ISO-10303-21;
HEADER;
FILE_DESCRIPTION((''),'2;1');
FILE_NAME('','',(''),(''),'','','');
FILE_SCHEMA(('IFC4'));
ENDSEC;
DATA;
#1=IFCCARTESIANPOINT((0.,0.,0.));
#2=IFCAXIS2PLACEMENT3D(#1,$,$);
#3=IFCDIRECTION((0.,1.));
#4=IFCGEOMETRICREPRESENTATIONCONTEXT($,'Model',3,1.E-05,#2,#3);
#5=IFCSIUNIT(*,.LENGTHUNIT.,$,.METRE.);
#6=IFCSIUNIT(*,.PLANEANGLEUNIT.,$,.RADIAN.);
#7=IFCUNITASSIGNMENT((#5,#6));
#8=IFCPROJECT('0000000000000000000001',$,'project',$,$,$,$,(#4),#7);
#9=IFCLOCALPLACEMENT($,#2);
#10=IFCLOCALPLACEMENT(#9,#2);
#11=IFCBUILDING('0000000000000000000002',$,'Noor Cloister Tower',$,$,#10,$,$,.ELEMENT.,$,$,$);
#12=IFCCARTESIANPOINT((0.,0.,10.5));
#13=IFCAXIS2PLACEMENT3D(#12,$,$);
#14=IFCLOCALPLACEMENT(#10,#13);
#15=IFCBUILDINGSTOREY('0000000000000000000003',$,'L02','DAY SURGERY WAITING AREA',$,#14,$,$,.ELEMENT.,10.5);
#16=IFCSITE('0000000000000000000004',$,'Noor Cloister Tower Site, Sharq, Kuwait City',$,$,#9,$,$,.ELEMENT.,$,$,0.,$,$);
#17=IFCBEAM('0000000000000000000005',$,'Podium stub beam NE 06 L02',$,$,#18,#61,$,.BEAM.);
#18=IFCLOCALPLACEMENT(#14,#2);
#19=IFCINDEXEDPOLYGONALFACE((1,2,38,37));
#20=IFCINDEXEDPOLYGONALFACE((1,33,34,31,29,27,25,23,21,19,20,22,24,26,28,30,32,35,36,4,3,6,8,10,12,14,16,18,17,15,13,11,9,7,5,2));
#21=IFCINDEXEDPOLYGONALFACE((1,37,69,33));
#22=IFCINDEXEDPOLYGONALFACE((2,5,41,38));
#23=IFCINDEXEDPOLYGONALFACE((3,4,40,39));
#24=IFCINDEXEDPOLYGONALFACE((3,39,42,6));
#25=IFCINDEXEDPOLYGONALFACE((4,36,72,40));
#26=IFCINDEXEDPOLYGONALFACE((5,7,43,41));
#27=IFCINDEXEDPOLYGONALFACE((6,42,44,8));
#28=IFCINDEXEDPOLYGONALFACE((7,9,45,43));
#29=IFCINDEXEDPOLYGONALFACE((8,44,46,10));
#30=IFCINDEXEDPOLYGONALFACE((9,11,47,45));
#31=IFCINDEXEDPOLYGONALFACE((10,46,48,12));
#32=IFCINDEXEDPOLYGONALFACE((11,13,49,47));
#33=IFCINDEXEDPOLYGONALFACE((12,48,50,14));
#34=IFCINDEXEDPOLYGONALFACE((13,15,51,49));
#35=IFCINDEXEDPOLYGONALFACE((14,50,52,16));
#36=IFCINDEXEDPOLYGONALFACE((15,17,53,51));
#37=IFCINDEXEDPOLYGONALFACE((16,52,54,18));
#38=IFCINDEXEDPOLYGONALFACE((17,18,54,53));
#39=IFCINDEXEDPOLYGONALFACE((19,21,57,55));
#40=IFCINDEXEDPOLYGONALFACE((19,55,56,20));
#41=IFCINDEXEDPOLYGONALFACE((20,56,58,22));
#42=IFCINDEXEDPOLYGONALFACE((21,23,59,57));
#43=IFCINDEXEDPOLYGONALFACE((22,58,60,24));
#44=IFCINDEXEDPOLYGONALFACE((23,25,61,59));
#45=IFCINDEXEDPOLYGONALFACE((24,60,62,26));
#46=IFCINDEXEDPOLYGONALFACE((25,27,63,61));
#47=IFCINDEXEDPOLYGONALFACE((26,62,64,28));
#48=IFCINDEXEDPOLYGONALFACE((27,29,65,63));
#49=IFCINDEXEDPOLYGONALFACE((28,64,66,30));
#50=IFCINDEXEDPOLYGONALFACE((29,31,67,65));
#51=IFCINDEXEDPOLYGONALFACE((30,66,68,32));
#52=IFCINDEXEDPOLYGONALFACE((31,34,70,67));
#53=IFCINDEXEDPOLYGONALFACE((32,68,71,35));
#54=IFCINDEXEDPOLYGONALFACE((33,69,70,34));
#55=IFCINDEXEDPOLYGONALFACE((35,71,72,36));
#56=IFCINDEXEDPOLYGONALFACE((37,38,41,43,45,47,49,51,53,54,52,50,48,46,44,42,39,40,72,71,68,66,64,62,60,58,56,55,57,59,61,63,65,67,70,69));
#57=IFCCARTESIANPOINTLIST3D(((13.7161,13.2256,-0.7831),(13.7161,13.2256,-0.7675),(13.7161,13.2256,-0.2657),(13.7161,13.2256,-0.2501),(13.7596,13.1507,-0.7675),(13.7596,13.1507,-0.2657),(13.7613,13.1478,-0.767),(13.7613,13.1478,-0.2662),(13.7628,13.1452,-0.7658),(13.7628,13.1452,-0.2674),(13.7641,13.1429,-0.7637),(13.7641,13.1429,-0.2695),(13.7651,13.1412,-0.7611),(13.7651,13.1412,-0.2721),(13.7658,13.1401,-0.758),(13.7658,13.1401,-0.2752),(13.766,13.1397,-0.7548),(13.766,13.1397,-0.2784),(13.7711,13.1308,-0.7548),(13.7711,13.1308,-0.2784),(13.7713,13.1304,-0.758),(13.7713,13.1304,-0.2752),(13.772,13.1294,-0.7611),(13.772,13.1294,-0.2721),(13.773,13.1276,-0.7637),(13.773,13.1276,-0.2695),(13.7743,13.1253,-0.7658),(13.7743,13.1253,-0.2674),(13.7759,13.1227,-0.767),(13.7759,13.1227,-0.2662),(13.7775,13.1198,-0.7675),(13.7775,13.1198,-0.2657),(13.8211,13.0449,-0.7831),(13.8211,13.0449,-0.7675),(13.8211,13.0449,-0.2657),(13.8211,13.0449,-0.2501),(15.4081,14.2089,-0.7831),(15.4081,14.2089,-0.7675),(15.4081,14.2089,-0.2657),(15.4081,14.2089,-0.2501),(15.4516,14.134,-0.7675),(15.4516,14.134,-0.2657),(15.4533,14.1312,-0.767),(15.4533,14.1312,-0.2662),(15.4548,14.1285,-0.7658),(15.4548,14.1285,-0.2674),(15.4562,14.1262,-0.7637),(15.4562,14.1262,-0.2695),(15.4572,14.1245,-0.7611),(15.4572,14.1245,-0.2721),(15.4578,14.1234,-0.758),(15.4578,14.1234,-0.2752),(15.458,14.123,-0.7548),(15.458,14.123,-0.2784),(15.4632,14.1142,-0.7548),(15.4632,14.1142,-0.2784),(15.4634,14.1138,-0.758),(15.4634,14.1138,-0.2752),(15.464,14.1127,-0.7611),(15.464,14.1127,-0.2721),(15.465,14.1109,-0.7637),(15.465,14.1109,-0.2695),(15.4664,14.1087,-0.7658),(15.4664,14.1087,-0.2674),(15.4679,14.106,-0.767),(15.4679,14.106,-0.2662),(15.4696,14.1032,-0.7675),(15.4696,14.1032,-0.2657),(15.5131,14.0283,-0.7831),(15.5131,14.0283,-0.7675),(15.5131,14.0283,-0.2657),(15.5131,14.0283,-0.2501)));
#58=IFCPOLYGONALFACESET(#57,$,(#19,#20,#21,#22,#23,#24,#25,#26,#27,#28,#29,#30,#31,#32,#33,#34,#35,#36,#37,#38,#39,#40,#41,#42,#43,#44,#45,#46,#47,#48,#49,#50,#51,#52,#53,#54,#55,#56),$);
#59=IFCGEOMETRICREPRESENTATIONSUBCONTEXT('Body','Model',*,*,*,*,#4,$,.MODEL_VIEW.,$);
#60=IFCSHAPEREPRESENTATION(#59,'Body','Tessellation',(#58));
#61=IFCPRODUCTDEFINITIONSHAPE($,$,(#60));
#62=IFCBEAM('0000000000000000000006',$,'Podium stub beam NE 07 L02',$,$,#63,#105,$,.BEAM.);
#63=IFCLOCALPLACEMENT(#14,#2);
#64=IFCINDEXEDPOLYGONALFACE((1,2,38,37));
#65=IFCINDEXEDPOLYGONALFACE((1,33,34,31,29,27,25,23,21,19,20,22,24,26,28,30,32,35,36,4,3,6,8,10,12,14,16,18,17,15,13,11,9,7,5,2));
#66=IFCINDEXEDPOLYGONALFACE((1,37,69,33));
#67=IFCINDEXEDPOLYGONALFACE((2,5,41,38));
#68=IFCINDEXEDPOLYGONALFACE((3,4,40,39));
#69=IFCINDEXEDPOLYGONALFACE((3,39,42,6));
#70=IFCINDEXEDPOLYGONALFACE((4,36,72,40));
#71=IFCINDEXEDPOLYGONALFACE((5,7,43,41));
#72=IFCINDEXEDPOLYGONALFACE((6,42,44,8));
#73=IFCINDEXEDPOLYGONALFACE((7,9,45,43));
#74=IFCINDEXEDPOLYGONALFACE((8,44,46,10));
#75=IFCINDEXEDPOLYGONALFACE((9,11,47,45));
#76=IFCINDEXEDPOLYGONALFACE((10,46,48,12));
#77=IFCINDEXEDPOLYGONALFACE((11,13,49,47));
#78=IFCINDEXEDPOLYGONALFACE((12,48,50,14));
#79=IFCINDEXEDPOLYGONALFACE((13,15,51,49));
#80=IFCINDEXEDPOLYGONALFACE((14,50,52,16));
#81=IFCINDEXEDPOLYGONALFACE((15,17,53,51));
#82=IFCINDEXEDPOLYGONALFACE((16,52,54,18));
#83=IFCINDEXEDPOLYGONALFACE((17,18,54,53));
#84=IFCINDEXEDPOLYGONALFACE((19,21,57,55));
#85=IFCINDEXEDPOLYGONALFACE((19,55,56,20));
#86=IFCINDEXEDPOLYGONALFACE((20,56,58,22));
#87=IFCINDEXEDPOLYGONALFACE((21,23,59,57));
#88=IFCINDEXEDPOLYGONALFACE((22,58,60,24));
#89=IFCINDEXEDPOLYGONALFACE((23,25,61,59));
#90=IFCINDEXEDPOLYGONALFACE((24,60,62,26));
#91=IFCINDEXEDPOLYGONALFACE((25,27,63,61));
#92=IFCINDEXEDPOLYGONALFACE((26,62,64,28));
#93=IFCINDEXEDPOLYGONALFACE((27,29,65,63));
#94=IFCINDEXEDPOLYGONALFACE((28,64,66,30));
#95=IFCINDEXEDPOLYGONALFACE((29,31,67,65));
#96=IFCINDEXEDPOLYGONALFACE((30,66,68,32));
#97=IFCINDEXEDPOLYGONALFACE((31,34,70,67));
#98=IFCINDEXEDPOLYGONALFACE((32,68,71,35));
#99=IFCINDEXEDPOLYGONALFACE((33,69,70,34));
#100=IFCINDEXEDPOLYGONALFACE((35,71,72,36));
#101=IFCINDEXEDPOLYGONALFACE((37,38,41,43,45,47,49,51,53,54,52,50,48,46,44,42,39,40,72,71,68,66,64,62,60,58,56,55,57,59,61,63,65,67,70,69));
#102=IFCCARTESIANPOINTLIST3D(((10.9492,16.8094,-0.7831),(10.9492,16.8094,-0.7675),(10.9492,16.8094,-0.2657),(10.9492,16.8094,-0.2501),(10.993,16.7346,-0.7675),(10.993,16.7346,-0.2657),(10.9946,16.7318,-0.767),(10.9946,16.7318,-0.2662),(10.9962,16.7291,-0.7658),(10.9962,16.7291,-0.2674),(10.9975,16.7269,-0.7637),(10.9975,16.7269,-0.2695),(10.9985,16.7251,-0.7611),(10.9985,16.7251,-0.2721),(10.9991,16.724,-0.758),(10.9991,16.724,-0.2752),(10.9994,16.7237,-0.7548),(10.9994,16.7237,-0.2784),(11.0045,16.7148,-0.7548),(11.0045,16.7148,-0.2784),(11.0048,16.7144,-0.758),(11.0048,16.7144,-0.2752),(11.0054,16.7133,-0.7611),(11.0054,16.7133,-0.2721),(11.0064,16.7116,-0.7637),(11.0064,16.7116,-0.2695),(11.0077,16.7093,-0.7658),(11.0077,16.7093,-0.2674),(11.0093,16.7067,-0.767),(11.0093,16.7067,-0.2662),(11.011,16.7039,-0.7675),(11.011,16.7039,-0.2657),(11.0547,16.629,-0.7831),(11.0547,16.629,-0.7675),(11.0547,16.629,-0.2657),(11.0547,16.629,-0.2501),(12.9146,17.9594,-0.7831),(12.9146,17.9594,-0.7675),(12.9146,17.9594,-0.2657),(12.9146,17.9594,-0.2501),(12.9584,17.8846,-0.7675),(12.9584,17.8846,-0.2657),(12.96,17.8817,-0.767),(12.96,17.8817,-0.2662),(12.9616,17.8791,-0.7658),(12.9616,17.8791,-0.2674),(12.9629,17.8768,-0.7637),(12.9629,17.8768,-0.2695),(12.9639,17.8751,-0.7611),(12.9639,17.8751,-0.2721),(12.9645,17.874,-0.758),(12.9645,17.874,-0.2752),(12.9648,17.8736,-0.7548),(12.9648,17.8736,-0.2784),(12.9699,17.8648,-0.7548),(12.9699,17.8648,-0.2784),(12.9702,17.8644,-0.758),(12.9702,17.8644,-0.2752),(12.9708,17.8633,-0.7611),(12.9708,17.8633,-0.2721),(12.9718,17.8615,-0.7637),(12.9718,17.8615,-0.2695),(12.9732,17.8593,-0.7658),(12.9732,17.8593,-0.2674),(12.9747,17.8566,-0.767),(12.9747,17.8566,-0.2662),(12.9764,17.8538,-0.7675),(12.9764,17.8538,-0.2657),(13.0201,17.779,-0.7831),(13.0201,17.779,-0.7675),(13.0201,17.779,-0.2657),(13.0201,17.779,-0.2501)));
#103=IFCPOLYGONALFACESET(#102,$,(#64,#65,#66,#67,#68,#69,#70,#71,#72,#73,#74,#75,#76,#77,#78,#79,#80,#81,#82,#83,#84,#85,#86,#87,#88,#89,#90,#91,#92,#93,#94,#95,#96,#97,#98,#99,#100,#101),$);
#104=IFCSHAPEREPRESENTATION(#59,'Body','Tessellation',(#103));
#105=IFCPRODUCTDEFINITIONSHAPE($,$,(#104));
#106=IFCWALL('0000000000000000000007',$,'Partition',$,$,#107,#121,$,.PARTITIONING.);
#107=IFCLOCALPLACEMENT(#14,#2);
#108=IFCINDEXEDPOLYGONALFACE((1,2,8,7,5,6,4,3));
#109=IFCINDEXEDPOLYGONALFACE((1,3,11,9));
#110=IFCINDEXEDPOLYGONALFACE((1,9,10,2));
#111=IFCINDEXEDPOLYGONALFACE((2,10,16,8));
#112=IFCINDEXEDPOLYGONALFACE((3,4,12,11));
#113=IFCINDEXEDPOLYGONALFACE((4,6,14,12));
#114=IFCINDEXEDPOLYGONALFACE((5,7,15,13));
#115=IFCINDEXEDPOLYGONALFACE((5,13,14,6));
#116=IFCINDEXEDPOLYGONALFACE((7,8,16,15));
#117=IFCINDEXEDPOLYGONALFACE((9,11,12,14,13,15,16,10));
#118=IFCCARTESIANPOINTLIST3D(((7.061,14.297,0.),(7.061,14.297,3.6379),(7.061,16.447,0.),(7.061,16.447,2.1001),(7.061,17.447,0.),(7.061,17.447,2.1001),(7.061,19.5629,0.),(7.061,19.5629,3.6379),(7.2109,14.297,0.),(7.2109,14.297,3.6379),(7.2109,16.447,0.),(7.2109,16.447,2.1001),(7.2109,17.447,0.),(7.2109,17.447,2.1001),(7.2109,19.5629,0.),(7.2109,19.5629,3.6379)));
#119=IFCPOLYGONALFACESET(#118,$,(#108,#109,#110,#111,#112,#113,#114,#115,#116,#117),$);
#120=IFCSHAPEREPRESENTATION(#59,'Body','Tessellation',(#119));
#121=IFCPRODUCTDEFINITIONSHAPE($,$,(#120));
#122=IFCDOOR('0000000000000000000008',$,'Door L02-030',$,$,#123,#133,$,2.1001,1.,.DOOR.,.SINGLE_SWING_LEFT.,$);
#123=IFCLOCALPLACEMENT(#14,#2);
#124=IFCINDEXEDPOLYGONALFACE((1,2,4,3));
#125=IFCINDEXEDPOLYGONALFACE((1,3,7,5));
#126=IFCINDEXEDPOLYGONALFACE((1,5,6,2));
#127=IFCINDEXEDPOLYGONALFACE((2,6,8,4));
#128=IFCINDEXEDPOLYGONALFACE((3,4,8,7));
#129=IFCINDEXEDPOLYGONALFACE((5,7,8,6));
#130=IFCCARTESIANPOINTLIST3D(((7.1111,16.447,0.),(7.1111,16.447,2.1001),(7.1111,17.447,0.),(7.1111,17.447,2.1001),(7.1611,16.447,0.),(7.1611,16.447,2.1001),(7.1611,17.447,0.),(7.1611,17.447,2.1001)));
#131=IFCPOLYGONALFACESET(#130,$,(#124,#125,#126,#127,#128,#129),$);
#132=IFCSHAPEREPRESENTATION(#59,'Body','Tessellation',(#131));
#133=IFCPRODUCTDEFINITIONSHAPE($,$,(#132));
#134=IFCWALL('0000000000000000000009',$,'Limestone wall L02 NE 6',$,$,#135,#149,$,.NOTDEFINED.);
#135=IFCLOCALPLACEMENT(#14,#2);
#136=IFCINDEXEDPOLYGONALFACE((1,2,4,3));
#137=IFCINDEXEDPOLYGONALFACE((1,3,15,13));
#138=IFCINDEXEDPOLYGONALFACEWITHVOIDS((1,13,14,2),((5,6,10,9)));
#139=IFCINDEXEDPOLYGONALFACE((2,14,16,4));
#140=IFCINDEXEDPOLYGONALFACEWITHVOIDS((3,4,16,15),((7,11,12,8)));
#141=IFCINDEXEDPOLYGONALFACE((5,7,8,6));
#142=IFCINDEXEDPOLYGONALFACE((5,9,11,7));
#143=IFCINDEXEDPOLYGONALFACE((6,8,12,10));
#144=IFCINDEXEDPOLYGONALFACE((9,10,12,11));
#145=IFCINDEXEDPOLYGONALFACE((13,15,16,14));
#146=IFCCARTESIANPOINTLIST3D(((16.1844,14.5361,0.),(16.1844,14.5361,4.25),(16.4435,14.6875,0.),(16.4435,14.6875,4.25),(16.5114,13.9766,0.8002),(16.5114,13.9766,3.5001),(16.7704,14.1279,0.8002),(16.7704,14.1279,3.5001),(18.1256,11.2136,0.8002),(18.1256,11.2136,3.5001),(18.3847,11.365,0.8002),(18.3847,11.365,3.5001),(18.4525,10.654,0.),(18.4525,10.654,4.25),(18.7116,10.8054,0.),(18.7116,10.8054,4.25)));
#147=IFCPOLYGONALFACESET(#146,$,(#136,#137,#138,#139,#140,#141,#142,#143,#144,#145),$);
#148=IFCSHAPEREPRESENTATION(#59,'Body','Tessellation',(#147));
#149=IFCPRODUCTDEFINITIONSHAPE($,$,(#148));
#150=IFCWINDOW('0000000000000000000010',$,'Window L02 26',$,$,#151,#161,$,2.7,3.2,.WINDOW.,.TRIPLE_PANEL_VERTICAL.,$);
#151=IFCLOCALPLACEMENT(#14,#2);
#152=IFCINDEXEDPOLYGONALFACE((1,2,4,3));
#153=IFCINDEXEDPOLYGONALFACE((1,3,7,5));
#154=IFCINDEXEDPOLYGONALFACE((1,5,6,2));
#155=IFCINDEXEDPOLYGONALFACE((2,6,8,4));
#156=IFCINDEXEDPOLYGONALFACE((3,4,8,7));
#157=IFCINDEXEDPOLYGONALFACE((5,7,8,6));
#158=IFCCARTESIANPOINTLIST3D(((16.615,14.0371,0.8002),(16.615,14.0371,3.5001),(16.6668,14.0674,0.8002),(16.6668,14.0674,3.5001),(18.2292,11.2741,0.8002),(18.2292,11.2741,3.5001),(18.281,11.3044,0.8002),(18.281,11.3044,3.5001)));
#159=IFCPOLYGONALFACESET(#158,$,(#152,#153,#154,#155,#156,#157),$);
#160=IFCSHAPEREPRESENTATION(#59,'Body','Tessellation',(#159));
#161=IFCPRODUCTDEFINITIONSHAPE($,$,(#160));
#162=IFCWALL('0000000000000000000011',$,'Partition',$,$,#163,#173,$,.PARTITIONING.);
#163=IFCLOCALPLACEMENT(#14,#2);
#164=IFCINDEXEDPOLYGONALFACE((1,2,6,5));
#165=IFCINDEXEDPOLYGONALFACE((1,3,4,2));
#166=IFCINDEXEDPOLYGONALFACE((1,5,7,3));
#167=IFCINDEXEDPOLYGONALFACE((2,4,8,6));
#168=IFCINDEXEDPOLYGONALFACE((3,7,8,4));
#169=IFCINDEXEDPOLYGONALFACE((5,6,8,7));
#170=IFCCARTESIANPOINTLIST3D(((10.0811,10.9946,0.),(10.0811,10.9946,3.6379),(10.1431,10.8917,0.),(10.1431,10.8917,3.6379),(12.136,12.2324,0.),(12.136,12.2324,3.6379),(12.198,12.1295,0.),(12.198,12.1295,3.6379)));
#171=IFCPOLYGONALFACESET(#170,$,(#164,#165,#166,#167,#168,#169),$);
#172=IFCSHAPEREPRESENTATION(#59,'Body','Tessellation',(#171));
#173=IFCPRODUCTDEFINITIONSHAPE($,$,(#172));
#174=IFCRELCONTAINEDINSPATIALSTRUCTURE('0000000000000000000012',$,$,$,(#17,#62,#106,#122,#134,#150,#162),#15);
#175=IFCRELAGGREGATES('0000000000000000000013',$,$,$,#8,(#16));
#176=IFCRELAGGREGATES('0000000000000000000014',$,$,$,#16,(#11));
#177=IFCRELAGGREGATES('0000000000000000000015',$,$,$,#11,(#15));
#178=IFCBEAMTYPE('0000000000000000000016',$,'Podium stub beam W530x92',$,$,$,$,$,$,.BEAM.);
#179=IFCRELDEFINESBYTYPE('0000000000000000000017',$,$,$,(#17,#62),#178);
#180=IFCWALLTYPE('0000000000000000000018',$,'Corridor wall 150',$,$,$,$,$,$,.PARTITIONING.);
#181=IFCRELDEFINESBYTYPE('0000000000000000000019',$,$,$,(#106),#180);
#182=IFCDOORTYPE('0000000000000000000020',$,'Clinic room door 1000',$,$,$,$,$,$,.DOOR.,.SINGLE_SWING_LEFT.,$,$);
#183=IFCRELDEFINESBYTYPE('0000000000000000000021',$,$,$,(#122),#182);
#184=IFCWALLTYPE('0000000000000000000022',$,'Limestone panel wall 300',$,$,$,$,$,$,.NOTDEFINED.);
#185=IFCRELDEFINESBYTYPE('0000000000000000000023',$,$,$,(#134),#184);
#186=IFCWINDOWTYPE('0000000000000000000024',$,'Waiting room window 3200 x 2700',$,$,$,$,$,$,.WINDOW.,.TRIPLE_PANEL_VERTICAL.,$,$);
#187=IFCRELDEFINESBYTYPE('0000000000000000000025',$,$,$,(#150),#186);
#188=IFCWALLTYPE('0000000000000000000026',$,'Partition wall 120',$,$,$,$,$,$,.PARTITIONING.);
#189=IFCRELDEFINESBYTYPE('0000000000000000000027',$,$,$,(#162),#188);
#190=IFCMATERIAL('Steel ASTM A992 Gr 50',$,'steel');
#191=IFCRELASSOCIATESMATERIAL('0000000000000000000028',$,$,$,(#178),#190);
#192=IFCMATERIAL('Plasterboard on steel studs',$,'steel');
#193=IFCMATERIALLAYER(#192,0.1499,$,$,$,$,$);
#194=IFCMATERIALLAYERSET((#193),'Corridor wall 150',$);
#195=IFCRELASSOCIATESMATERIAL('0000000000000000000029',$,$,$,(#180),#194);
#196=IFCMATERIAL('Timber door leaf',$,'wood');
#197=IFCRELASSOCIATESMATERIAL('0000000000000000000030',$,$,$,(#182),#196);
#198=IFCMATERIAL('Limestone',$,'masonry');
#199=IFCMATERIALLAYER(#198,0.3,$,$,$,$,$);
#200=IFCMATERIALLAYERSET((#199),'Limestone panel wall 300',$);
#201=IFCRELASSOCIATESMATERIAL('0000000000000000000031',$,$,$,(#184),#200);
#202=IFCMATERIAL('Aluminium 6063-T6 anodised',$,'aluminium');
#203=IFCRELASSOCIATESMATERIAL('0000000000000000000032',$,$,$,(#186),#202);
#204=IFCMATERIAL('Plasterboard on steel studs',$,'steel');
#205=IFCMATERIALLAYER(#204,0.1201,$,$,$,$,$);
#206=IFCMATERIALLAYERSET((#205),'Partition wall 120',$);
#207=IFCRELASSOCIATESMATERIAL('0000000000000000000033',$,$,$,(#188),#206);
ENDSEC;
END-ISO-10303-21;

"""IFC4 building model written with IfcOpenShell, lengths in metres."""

from ifc_helpers import new_model, si_unit, direction, frame, frame_2d, origin, origin_2d, place, context, subcontext, project, spatial, rectangle, i_section, extrude, material, layer, layer_set, material_profile, profile_set, type_object, element, fill, save


model = new_model("IFC4")

# Units and contexts
model_context = context("Model", 3, precision=1e-05, world=origin(), true_north=direction((0.0, 1.0)))
body_context = subcontext(model_context, "Body", "Model", "MODEL_VIEW")
ifc_project = project(units=[si_unit("LENGTHUNIT", "METRE"), si_unit("PLANEANGLEUNIT", "RADIAN")], contexts=[model_context])

# Site, building, storey
site_placement = place(None, origin())
site = spatial("IfcSite", under=ifc_project, at=site_placement, Name="Noor Cloister Tower Site, Sharq, Kuwait City", CompositionType="ELEMENT", RefElevation=0.0)
building_placement = place(site_placement, origin())
building = spatial("IfcBuilding", under=site, at=building_placement, Name="Noor Cloister Tower", CompositionType="ELEMENT")
storey_placement = place(building_placement, frame((0.0, 0.0, 10.5)))
storey = spatial("IfcBuildingStorey", under=building, at=storey_placement, Name="L02", Description="DAY SURGERY WAITING AREA", CompositionType="ELEMENT", Elevation=10.5)

# Beams
ifc_material_1 = material(Name="Steel ASTM A992 Gr 50", Category="steel")
ifc_material_profile_1 = material_profile(ifc_material_1, i_section(OverallWidth=0.209, OverallDepth=0.533, WebThickness=0.0103, FlangeThickness=0.0156, FilletRadius=0.0127, at=origin_2d()), Name="W530x92")
ifc_profile_set_1 = profile_set([ifc_material_profile_1], Name="Steel ASTM A992 Gr 50")
beam_type_1 = type_object("IfcBeamType", Name="Podium stub beam W530x92", PredefinedType="BEAM", material=ifc_profile_set_1)
beam_1_placement = place(storey_placement, frame((13.7686, 13.1353, -0.5166), z_axis=(0.864597, 0.502467, 0.0), x_axis=(-0.502467, 0.864597, 0.0)))
element("IfcBeam", 1, at=beam_1_placement, inside=storey, type_object=beam_type_1, Name="Podium stub beam NE 06 L02", PredefinedType="BEAM", context=body_context, shape_type="SweptSolid", body=[
    extrude(i_section(OverallWidth=0.209, OverallDepth=0.533, WebThickness=0.0103, FlangeThickness=0.0156, FilletRadius=0.0127, at=origin_2d()), origin(), (0.0, 0.0, 1.0), 1.957),
])
beam_2_placement = place(storey_placement, frame((11.002, 16.7192, -0.5166), z_axis=(0.863117, 0.505004, 0.0), x_axis=(-0.505004, 0.863117, 0.0)))
element("IfcBeam", 2, at=beam_2_placement, inside=storey, type_object=beam_type_1, Name="Podium stub beam NE 07 L02", PredefinedType="BEAM", context=body_context, shape_type="SweptSolid", body=[
    extrude(i_section(OverallWidth=0.209, OverallDepth=0.533, WebThickness=0.0103, FlangeThickness=0.0156, FilletRadius=0.0127, at=origin_2d()), origin(), (0.0, 0.0, 1.0), 2.2771),
])

# Wall, opening, door
ifc_material_2 = material(Name="Plasterboard on steel studs", Category="steel")
ifc_layer_1 = layer(ifc_material_2, 0.1499)
ifc_layer_set_1 = layer_set([ifc_layer_1], Name="Corridor wall 150")
wall_type_1 = type_object("IfcWallType", Name="Corridor wall 150", PredefinedType="PARTITIONING", material=ifc_layer_set_1)
wall_1_placement = place(storey_placement, frame((7.136, 14.2971, 0.0), z_axis=(0.0, 0.0, 1.0), x_axis=(0.0, 1.0, 0.0)))
wall_1 = element("IfcWall", 3, at=wall_1_placement, inside=storey, type_object=wall_type_1, Name="Partition", PredefinedType="PARTITIONING", context=body_context, shape_type="SweptSolid", body=[
    extrude(rectangle(XDim=5.2659, YDim=0.1499, at=frame_2d((2.6328, 0.0))), origin(), (0.0, 0.0, 1.0), 3.6379),
])
opening_1_placement = place(wall_1_placement, frame((2.1499, 0.0, 0.0)))
opening_1 = element("IfcOpeningElement", 4, at=opening_1_placement, cuts=wall_1, PredefinedType="OPENING", context=body_context, shape_type="SweptSolid", body=[
    extrude(rectangle(XDim=1.0, YDim=2.1001, at=frame_2d((0.5, 1.05))), frame((0.0, 0.085, 0.0), z_axis=(0.0, -1.0, 0.0), x_axis=(1.0, 0.0, 0.0)), (0.0, 0.0, 1.0), 0.1699),
])
ifc_material_3 = material(Name="Timber door leaf", Category="wood")
door_type_1 = type_object("IfcDoorType", Name="Clinic room door 1000", OperationType="SINGLE_SWING_LEFT", PredefinedType="DOOR", material=ifc_material_3)
door_1_placement = place(opening_1_placement, origin())
door_1 = element("IfcDoor", 5, at=door_1_placement, inside=storey, type_object=door_type_1, Name="Door L02-030", OperationType="SINGLE_SWING_LEFT", OverallHeight=2.1001, OverallWidth=1.0, PredefinedType="DOOR", context=body_context, shape_type="SweptSolid", body=[
    extrude(rectangle(XDim=1.0, YDim=2.1001, at=frame_2d((0.5, 1.05))), frame((0.0, 0.0249, 0.0), z_axis=(0.0, -1.0, 0.0), x_axis=(1.0, 0.0, 0.0)), (0.0, 0.0, 1.0), 0.05),
])
fill(opening_1, door_1)

# Wall, opening, window
ifc_material_4 = material(Name="Limestone", Category="masonry")
ifc_layer_2 = layer(ifc_material_4, 0.3)
ifc_layer_set_2 = layer_set([ifc_layer_2], Name="Limestone panel wall 300")
wall_type_2 = type_object("IfcWallType", Name="Limestone panel wall 300", PredefinedType="NOTDEFINED", material=ifc_layer_set_2)
wall_2_placement = place(storey_placement, frame((16.314, 14.6118, 0.0), z_axis=(0.0, 0.0, 1.0), x_axis=(0.504455, -0.863438, 0.0)))
wall_2 = element("IfcWall", 6, at=wall_2_placement, inside=storey, type_object=wall_type_2, Name="Limestone wall L02 NE 6", PredefinedType="NOTDEFINED", context=body_context, shape_type="SweptSolid", body=[
    extrude(rectangle(XDim=4.4961, YDim=0.3, at=frame_2d((2.248, 0.0))), origin(), (0.0, 0.0, 1.0), 4.25),
])
opening_2_placement = place(wall_2_placement, frame((0.6479, 0.0, 0.8)))
opening_2 = element("IfcOpeningElement", 7, at=opening_2_placement, cuts=wall_2, PredefinedType="OPENING", context=body_context, shape_type="SweptSolid", body=[
    extrude(rectangle(XDim=3.2, YDim=2.7, at=frame_2d((1.6001, 1.3501))), frame((0.0, 0.1602, 0.0), z_axis=(0.0, -1.0, 0.0), x_axis=(1.0, 0.0, 0.0)), (0.0, 0.0, 1.0), 0.3201),
])
ifc_material_5 = material(Name="Aluminium 6063-T6 anodised", Category="aluminium")
window_type = type_object("IfcWindowType", Name="Waiting room window 3200 x 2700", PartitioningType="TRIPLE_PANEL_VERTICAL", PredefinedType="WINDOW", material=ifc_material_5)
window_placement = place(opening_2_placement, origin())
window = element("IfcWindow", 8, at=window_placement, inside=storey, type_object=window_type, Name="Window L02 26", OverallHeight=2.7, OverallWidth=3.2, PartitioningType="TRIPLE_PANEL_VERTICAL", PredefinedType="WINDOW", context=body_context, shape_type="SweptSolid", body=[
    extrude(rectangle(XDim=3.2, YDim=2.7, at=frame_2d((1.6001, 1.3501))), frame((0.0, 0.03, 0.0), z_axis=(0.0, -1.0, 0.0), x_axis=(1.0, 0.0, 0.0)), (0.0, 0.0, 1.0), 0.0601),
])
fill(opening_2, window)

# Wall
ifc_material_6 = material(Name="Plasterboard on steel studs", Category="steel")
ifc_layer_3 = layer(ifc_material_6, 0.1201)
ifc_layer_set_3 = layer_set([ifc_layer_3], Name="Partition wall 120")
wall_type_3 = type_object("IfcWallType", Name="Partition wall 120", PredefinedType="PARTITIONING", material=ifc_layer_set_3)
wall_3_placement = place(storey_placement, frame((12.167, 12.1809, 0.0), z_axis=(0.0, 0.0, 1.0), x_axis=(-0.856603, -0.515977, 0.0)))
element("IfcWall", 9, at=wall_3_placement, inside=storey, type_object=wall_type_3, Name="Partition", PredefinedType="PARTITIONING", context=body_context, shape_type="SweptSolid", body=[
    extrude(rectangle(XDim=2.3989, YDim=0.1201, at=frame_2d((1.1995, 0.0))), origin(), (0.0, 0.0, 1.0), 3.6379),
])

save(model, "model.ifc")
